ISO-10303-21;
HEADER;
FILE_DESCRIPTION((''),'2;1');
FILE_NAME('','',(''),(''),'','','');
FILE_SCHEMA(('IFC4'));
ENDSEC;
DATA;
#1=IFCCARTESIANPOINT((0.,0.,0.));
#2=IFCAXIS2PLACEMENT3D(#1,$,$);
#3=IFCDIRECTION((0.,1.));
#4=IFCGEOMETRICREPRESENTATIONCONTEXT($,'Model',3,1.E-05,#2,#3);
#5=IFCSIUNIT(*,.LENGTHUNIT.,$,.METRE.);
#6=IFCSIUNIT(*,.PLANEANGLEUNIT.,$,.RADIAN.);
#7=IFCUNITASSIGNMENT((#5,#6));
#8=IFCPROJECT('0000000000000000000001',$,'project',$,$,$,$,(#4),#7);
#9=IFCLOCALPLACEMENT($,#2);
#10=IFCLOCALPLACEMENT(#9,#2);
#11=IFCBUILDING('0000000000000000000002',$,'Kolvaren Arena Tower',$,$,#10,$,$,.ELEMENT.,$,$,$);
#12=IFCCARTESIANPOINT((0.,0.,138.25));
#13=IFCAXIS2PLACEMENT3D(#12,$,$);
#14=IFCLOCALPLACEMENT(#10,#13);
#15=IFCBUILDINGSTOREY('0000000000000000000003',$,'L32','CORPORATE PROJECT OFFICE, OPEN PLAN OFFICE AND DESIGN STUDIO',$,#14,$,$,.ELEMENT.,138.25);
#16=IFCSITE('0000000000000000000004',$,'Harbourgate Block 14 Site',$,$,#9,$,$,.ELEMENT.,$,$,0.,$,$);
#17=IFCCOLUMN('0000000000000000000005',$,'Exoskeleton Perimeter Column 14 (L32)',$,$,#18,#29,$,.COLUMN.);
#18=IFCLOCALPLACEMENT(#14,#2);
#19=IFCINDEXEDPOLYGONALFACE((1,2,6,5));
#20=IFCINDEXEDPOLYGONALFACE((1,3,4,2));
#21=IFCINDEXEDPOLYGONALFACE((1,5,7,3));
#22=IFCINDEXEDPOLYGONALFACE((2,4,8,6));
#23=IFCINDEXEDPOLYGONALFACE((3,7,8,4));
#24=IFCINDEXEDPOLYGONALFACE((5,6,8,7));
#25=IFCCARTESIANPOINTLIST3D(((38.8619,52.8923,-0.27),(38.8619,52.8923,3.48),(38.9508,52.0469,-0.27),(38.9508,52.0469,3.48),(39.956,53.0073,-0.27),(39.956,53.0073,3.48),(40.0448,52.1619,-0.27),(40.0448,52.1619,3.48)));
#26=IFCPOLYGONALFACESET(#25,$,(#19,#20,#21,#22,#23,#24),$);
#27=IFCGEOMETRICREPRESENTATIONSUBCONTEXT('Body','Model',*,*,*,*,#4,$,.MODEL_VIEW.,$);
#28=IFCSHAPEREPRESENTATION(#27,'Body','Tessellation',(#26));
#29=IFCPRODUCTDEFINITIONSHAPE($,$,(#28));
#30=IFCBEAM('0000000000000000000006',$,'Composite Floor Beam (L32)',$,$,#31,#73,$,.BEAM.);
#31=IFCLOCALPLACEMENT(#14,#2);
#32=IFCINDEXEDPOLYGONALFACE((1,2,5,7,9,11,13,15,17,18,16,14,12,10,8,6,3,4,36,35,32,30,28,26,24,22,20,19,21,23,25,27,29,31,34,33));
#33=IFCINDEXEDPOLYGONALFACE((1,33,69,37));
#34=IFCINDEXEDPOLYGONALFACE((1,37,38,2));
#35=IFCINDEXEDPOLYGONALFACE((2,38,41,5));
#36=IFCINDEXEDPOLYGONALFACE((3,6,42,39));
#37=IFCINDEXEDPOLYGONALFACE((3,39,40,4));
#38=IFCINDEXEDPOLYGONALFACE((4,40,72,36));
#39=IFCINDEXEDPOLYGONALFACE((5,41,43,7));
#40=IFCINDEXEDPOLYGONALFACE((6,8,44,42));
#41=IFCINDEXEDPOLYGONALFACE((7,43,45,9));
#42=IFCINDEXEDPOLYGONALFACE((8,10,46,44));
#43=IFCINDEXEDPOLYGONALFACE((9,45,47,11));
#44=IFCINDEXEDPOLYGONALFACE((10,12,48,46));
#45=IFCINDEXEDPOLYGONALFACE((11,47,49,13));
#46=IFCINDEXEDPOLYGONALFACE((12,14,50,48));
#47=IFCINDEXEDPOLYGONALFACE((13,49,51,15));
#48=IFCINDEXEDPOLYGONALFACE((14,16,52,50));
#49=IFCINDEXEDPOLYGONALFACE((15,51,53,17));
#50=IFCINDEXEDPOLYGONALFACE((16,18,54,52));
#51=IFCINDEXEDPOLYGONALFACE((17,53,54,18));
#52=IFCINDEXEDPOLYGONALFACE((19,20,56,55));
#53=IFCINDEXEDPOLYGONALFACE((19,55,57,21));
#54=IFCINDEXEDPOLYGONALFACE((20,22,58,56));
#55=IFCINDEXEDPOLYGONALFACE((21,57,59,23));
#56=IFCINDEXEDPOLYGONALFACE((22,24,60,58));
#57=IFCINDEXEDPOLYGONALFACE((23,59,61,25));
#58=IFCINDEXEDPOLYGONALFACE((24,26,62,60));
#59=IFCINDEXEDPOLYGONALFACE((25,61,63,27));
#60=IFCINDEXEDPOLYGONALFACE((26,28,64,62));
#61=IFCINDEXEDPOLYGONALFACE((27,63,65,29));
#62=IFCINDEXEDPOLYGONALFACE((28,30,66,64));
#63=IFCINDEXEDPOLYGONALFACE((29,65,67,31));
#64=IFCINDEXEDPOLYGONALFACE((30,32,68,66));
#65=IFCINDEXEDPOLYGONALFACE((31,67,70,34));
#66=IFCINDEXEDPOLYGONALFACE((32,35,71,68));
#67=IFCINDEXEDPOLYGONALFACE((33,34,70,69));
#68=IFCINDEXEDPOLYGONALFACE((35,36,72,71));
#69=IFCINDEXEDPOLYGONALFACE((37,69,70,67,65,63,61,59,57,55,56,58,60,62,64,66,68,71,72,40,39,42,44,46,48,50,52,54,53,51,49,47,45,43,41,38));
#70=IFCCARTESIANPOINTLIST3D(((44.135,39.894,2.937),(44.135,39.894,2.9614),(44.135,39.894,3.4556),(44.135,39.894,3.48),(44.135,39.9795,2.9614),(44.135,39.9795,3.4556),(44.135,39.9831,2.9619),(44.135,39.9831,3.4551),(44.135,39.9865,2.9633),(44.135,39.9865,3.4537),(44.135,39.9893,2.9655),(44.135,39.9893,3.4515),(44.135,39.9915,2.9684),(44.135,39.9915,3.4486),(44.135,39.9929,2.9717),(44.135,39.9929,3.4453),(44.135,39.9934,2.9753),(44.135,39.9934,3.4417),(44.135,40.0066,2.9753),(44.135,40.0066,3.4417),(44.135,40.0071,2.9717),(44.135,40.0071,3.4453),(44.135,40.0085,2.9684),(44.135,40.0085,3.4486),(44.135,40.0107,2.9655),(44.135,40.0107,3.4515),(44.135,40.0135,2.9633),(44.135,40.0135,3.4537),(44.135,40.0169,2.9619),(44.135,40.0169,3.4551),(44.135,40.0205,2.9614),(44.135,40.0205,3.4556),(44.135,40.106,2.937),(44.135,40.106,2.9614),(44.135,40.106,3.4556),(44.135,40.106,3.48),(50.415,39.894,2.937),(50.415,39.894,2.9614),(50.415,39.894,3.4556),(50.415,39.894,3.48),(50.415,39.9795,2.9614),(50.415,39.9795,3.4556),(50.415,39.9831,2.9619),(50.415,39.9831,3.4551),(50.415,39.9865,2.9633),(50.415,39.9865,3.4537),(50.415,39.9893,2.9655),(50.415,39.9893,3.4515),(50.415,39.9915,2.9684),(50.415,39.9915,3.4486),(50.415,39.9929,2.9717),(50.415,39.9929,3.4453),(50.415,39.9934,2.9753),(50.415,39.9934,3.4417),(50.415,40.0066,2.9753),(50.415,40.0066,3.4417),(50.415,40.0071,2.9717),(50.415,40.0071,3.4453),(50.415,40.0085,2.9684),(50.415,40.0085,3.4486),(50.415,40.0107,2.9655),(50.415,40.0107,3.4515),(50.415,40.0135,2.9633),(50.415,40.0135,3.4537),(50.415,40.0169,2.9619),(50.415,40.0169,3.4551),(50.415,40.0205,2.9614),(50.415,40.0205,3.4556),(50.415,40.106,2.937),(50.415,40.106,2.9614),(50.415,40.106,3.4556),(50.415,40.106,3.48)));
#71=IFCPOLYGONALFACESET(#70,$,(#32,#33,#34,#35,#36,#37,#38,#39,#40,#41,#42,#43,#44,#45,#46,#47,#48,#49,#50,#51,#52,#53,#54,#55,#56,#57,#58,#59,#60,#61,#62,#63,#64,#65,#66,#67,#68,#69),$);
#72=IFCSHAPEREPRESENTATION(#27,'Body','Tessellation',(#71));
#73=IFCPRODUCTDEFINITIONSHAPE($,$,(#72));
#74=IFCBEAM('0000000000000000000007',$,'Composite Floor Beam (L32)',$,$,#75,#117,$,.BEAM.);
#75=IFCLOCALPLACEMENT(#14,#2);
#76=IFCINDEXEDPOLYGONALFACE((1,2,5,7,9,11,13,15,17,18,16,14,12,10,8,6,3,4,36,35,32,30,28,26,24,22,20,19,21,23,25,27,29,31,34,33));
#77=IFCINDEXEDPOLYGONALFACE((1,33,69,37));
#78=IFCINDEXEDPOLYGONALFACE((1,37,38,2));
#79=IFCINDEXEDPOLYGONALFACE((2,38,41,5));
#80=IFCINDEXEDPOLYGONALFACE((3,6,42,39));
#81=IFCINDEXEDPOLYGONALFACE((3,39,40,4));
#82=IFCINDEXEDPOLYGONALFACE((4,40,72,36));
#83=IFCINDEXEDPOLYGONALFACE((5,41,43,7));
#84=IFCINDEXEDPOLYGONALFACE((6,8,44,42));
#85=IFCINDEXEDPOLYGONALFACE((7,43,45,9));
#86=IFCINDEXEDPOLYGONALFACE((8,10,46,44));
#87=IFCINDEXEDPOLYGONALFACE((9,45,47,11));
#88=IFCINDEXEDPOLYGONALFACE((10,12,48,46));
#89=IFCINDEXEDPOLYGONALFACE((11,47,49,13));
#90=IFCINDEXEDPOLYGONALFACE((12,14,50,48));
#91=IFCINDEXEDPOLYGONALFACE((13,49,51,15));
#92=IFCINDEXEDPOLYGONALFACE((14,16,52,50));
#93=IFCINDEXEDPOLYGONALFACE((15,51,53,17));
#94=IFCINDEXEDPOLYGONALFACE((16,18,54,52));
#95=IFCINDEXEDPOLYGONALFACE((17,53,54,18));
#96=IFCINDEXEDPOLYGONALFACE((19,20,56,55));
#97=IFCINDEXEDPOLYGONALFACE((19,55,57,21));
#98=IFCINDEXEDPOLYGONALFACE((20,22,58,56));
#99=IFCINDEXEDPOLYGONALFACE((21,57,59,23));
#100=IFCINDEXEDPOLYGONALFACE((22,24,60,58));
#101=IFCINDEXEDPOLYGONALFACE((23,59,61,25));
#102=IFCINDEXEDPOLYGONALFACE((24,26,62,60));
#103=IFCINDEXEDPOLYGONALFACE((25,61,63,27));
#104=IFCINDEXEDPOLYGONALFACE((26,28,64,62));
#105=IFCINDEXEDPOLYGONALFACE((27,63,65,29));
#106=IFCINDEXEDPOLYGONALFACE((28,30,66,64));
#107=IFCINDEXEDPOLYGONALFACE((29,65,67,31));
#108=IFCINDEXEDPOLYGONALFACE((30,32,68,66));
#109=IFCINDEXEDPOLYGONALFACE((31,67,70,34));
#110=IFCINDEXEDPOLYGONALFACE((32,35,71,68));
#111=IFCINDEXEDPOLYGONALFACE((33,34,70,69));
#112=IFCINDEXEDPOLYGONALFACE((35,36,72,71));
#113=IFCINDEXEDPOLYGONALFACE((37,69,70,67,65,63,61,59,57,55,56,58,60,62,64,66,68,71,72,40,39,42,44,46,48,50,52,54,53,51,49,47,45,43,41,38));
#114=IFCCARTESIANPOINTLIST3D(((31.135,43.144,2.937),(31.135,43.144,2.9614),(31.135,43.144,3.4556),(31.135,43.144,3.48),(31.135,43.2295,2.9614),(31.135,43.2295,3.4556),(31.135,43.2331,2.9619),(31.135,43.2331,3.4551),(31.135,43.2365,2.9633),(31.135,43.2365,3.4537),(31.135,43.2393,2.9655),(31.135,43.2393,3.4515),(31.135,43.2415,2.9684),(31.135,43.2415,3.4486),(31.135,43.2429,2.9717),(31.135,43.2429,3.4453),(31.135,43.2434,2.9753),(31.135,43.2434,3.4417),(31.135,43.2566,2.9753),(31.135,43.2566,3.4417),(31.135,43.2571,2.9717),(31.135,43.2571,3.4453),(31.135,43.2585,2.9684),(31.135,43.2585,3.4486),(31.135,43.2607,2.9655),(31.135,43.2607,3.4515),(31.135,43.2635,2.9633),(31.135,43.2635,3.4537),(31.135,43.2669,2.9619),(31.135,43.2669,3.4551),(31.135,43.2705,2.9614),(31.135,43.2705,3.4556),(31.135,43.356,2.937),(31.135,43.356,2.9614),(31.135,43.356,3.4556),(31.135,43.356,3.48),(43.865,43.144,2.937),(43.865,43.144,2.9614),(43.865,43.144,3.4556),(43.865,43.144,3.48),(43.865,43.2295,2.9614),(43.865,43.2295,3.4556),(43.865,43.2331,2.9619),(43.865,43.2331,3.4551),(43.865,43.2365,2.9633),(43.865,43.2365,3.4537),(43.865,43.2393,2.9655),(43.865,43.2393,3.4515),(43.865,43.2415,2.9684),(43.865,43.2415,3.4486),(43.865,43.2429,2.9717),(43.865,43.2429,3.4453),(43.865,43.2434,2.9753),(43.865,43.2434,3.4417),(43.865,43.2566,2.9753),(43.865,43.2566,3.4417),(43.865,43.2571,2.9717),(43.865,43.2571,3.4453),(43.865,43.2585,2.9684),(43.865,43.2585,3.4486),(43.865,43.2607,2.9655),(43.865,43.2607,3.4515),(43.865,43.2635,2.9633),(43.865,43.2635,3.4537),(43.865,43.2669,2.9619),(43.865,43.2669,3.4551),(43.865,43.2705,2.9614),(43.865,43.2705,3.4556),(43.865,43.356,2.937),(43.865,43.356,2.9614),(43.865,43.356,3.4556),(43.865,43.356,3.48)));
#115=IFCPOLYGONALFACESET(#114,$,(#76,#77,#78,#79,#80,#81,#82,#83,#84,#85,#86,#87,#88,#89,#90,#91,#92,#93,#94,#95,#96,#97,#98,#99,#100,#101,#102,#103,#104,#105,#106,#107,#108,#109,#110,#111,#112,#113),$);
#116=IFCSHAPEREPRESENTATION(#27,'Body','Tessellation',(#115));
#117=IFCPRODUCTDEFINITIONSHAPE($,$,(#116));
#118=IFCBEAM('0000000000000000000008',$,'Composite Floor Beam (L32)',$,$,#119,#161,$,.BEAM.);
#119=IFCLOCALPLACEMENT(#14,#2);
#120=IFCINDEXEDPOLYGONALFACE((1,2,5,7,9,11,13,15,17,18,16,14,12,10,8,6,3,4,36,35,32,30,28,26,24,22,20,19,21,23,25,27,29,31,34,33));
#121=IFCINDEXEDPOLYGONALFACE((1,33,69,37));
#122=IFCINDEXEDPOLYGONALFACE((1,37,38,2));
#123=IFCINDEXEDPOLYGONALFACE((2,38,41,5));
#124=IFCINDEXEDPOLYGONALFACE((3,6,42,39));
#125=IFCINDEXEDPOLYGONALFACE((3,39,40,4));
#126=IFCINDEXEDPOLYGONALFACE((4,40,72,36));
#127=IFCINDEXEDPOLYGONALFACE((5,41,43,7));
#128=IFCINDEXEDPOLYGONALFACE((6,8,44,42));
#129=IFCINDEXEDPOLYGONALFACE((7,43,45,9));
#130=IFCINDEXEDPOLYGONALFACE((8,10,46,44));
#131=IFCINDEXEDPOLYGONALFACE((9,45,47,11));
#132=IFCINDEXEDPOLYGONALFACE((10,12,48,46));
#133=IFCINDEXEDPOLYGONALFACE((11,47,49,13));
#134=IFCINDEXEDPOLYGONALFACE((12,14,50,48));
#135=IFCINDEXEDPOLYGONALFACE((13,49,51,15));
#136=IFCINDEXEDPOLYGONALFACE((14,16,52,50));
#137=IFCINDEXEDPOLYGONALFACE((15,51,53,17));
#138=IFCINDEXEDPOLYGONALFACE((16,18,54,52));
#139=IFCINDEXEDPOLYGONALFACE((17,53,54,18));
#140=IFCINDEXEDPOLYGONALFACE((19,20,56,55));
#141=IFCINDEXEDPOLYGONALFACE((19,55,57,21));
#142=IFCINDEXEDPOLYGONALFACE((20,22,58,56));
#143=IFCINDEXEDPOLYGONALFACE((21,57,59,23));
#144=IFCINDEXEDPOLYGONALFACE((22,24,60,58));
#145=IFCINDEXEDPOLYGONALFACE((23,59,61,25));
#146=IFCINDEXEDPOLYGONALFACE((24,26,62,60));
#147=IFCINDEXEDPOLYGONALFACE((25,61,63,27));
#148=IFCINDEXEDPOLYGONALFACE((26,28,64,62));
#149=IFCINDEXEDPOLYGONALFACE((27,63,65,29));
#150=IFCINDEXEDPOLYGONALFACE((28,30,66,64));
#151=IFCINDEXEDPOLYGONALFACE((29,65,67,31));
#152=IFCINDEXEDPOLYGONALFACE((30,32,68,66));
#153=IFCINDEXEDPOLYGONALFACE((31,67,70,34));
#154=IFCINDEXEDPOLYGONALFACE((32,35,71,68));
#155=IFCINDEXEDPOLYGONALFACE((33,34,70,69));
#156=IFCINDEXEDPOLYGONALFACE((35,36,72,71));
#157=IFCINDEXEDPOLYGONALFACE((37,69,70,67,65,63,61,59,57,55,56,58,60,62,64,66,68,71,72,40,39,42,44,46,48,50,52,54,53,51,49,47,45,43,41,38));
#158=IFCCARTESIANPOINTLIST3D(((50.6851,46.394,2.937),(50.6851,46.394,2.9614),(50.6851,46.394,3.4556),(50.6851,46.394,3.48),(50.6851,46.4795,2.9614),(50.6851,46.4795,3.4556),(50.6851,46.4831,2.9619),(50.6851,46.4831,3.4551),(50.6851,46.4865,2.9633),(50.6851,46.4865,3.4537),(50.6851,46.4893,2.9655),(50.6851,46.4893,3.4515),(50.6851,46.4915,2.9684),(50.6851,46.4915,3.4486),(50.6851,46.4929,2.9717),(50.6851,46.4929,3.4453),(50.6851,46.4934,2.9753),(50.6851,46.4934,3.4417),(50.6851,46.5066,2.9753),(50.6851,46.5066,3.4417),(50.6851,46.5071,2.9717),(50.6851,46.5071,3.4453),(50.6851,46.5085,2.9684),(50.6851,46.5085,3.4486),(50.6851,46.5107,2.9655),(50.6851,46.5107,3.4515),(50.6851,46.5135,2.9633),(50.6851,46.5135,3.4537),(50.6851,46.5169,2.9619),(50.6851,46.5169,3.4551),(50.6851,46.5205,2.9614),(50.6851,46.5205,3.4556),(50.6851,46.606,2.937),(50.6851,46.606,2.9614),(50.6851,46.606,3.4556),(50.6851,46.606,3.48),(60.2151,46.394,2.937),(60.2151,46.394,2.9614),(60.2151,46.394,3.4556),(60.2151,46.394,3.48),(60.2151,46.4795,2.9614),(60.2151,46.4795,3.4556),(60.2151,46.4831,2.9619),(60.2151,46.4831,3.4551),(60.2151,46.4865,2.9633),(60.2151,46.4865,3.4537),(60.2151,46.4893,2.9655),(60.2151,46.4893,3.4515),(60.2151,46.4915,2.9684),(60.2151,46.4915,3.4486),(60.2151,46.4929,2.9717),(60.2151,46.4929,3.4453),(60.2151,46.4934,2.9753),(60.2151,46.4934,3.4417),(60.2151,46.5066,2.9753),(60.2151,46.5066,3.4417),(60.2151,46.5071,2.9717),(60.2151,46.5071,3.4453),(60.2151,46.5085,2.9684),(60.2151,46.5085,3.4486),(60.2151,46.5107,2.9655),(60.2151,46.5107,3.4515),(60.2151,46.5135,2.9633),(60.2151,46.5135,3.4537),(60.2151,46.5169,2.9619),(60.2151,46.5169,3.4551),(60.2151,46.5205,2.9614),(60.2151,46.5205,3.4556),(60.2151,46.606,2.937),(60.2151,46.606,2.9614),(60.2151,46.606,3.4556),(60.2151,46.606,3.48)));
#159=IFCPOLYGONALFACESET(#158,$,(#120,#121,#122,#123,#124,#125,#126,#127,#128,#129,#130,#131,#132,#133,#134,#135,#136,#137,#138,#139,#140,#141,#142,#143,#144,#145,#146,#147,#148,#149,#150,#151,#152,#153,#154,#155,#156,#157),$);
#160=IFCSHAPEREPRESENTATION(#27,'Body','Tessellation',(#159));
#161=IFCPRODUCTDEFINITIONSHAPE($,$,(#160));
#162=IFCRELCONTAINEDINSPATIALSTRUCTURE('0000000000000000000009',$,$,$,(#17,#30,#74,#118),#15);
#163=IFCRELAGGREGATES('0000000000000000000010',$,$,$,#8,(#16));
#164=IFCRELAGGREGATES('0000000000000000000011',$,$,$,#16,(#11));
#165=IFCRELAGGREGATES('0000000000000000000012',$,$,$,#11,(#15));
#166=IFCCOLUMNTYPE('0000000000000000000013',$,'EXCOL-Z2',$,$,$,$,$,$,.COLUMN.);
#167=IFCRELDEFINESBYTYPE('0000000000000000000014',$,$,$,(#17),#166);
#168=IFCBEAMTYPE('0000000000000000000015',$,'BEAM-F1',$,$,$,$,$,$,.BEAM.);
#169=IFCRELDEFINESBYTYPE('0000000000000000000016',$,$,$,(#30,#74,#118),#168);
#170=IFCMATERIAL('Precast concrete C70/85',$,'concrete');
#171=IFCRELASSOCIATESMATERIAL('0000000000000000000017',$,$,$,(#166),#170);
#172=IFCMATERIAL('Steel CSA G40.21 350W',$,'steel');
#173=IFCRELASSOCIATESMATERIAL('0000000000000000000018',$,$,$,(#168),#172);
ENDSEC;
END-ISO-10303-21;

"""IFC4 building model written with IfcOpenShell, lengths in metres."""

from ifc_helpers import new_model, si_unit, direction, frame, origin, origin_2d, place, context, subcontext, project, spatial, rectangle, i_section, extrude, material, material_profile, profile_set, type_object, element, save


model = new_model("IFC4")

# Units and contexts
model_context = context("Model", 3, precision=1e-05, world=origin(), true_north=direction((0.0, 1.0)))
body_context = subcontext(model_context, "Body", "Model", "MODEL_VIEW")
ifc_project = project(units=[si_unit("LENGTHUNIT", "METRE"), si_unit("PLANEANGLEUNIT", "RADIAN")], contexts=[model_context])

# Site, building, storey
site_placement = place(None, origin())
site = spatial("IfcSite", under=ifc_project, at=site_placement, Name="Harbourgate Block 14 Site", CompositionType="ELEMENT", RefElevation=0.0)
building_placement = place(site_placement, origin())
building = spatial("IfcBuilding", under=site, at=building_placement, Name="Kolvaren Arena Tower", CompositionType="ELEMENT")
storey_placement = place(building_placement, frame((0.0, 0.0, 138.25)))
storey = spatial("IfcBuildingStorey", under=building, at=storey_placement, Name="L32", Description="CORPORATE PROJECT OFFICE, OPEN PLAN OFFICE AND DESIGN STUDIO", CompositionType="ELEMENT", Elevation=138.25)

# Column
ifc_material_1 = material(Name="Precast concrete C70/85", Category="concrete")
ifc_material_profile_1 = material_profile(ifc_material_1, rectangle(XDim=1.1001, YDim=0.8501, at=origin_2d()), Name="RC-1100x850")
ifc_profile_set_1 = profile_set([ifc_material_profile_1], Name="Precast concrete C70/85")
column_type = type_object("IfcColumnType", Name="EXCOL-Z2", PredefinedType="COLUMN", material=ifc_profile_set_1)
column_placement = place(storey_placement, frame((39.4534, 52.5271, -0.27), z_axis=(0.0, 0.0, 1.0), x_axis=(0.994522, 0.104528, 0.0)))
element("IfcColumn", 1, at=column_placement, inside=storey, type_object=column_type, Name="Exoskeleton Perimeter Column 14 (L32)", PredefinedType="COLUMN", context=body_context, shape_type="SweptSolid", body=[
    extrude(rectangle(XDim=1.1001, YDim=0.8501, at=origin_2d()), origin(), (0.0, 0.0, 1.0), 3.75),
])

# Beams
ifc_material_2 = material(Name="Steel CSA G40.21 350W", Category="steel")
ifc_material_profile_2 = material_profile(ifc_material_2, i_section(OverallWidth=0.2119, OverallDepth=0.543, WebThickness=0.0132, FlangeThickness=0.0244, FilletRadius=0.0139, at=origin_2d()), Name="W530x150")
ifc_profile_set_2 = profile_set([ifc_material_profile_2], Name="Steel CSA G40.21 350W")
beam_type_1 = type_object("IfcBeamType", Name="BEAM-F1", PredefinedType="BEAM", material=ifc_profile_set_2)
beam_1_placement = place(storey_placement, frame((44.135, 40.0, 3.2085), z_axis=(1.0, 0.0, 0.0), x_axis=(0.0, 1.0, 0.0)))
element("IfcBeam", 2, at=beam_1_placement, inside=storey, type_object=beam_type_1, Name="Composite Floor Beam (L32)", PredefinedType="BEAM", context=body_context, shape_type="SweptSolid", body=[
    extrude(i_section(OverallWidth=0.2119, OverallDepth=0.543, WebThickness=0.0132, FlangeThickness=0.0244, FilletRadius=0.0139, at=origin_2d()), origin(), (0.0, 0.0, 1.0), 6.28),
])
beam_2_placement = place(storey_placement, frame((31.135, 43.25, 3.2085), z_axis=(1.0, 0.0, 0.0), x_axis=(0.0, 1.0, 0.0)))
element("IfcBeam", 3, at=beam_2_placement, inside=storey, type_object=beam_type_1, Name="Composite Floor Beam (L32)", PredefinedType="BEAM", context=body_context, shape_type="SweptSolid", body=[
    extrude(i_section(OverallWidth=0.2119, OverallDepth=0.543, WebThickness=0.0132, FlangeThickness=0.0244, FilletRadius=0.0139, at=origin_2d()), origin(), (0.0, 0.0, 1.0), 12.73),
])
for number, where, z_axis, x_axis, name in (
    (4, (50.6851, 46.5, 3.2085), (1.0, 0.0, 0.0), (0.0, 1.0, 0.0), "Composite Floor Beam (L32)"),
):
    element("IfcBeam", number, at=place(storey_placement, frame(where, z_axis=z_axis, x_axis=x_axis)), inside=storey, type_object=beam_type_1, Name=name, PredefinedType="BEAM", context=body_context, shape_type="SweptSolid", body=[
        extrude(i_section(OverallWidth=0.2119, OverallDepth=0.543, WebThickness=0.0132, FlangeThickness=0.0244, FilletRadius=0.0139, at=origin_2d()), origin(), (0.0, 0.0, 1.0), 9.53),
    ])

save(model, "model.ifc")
